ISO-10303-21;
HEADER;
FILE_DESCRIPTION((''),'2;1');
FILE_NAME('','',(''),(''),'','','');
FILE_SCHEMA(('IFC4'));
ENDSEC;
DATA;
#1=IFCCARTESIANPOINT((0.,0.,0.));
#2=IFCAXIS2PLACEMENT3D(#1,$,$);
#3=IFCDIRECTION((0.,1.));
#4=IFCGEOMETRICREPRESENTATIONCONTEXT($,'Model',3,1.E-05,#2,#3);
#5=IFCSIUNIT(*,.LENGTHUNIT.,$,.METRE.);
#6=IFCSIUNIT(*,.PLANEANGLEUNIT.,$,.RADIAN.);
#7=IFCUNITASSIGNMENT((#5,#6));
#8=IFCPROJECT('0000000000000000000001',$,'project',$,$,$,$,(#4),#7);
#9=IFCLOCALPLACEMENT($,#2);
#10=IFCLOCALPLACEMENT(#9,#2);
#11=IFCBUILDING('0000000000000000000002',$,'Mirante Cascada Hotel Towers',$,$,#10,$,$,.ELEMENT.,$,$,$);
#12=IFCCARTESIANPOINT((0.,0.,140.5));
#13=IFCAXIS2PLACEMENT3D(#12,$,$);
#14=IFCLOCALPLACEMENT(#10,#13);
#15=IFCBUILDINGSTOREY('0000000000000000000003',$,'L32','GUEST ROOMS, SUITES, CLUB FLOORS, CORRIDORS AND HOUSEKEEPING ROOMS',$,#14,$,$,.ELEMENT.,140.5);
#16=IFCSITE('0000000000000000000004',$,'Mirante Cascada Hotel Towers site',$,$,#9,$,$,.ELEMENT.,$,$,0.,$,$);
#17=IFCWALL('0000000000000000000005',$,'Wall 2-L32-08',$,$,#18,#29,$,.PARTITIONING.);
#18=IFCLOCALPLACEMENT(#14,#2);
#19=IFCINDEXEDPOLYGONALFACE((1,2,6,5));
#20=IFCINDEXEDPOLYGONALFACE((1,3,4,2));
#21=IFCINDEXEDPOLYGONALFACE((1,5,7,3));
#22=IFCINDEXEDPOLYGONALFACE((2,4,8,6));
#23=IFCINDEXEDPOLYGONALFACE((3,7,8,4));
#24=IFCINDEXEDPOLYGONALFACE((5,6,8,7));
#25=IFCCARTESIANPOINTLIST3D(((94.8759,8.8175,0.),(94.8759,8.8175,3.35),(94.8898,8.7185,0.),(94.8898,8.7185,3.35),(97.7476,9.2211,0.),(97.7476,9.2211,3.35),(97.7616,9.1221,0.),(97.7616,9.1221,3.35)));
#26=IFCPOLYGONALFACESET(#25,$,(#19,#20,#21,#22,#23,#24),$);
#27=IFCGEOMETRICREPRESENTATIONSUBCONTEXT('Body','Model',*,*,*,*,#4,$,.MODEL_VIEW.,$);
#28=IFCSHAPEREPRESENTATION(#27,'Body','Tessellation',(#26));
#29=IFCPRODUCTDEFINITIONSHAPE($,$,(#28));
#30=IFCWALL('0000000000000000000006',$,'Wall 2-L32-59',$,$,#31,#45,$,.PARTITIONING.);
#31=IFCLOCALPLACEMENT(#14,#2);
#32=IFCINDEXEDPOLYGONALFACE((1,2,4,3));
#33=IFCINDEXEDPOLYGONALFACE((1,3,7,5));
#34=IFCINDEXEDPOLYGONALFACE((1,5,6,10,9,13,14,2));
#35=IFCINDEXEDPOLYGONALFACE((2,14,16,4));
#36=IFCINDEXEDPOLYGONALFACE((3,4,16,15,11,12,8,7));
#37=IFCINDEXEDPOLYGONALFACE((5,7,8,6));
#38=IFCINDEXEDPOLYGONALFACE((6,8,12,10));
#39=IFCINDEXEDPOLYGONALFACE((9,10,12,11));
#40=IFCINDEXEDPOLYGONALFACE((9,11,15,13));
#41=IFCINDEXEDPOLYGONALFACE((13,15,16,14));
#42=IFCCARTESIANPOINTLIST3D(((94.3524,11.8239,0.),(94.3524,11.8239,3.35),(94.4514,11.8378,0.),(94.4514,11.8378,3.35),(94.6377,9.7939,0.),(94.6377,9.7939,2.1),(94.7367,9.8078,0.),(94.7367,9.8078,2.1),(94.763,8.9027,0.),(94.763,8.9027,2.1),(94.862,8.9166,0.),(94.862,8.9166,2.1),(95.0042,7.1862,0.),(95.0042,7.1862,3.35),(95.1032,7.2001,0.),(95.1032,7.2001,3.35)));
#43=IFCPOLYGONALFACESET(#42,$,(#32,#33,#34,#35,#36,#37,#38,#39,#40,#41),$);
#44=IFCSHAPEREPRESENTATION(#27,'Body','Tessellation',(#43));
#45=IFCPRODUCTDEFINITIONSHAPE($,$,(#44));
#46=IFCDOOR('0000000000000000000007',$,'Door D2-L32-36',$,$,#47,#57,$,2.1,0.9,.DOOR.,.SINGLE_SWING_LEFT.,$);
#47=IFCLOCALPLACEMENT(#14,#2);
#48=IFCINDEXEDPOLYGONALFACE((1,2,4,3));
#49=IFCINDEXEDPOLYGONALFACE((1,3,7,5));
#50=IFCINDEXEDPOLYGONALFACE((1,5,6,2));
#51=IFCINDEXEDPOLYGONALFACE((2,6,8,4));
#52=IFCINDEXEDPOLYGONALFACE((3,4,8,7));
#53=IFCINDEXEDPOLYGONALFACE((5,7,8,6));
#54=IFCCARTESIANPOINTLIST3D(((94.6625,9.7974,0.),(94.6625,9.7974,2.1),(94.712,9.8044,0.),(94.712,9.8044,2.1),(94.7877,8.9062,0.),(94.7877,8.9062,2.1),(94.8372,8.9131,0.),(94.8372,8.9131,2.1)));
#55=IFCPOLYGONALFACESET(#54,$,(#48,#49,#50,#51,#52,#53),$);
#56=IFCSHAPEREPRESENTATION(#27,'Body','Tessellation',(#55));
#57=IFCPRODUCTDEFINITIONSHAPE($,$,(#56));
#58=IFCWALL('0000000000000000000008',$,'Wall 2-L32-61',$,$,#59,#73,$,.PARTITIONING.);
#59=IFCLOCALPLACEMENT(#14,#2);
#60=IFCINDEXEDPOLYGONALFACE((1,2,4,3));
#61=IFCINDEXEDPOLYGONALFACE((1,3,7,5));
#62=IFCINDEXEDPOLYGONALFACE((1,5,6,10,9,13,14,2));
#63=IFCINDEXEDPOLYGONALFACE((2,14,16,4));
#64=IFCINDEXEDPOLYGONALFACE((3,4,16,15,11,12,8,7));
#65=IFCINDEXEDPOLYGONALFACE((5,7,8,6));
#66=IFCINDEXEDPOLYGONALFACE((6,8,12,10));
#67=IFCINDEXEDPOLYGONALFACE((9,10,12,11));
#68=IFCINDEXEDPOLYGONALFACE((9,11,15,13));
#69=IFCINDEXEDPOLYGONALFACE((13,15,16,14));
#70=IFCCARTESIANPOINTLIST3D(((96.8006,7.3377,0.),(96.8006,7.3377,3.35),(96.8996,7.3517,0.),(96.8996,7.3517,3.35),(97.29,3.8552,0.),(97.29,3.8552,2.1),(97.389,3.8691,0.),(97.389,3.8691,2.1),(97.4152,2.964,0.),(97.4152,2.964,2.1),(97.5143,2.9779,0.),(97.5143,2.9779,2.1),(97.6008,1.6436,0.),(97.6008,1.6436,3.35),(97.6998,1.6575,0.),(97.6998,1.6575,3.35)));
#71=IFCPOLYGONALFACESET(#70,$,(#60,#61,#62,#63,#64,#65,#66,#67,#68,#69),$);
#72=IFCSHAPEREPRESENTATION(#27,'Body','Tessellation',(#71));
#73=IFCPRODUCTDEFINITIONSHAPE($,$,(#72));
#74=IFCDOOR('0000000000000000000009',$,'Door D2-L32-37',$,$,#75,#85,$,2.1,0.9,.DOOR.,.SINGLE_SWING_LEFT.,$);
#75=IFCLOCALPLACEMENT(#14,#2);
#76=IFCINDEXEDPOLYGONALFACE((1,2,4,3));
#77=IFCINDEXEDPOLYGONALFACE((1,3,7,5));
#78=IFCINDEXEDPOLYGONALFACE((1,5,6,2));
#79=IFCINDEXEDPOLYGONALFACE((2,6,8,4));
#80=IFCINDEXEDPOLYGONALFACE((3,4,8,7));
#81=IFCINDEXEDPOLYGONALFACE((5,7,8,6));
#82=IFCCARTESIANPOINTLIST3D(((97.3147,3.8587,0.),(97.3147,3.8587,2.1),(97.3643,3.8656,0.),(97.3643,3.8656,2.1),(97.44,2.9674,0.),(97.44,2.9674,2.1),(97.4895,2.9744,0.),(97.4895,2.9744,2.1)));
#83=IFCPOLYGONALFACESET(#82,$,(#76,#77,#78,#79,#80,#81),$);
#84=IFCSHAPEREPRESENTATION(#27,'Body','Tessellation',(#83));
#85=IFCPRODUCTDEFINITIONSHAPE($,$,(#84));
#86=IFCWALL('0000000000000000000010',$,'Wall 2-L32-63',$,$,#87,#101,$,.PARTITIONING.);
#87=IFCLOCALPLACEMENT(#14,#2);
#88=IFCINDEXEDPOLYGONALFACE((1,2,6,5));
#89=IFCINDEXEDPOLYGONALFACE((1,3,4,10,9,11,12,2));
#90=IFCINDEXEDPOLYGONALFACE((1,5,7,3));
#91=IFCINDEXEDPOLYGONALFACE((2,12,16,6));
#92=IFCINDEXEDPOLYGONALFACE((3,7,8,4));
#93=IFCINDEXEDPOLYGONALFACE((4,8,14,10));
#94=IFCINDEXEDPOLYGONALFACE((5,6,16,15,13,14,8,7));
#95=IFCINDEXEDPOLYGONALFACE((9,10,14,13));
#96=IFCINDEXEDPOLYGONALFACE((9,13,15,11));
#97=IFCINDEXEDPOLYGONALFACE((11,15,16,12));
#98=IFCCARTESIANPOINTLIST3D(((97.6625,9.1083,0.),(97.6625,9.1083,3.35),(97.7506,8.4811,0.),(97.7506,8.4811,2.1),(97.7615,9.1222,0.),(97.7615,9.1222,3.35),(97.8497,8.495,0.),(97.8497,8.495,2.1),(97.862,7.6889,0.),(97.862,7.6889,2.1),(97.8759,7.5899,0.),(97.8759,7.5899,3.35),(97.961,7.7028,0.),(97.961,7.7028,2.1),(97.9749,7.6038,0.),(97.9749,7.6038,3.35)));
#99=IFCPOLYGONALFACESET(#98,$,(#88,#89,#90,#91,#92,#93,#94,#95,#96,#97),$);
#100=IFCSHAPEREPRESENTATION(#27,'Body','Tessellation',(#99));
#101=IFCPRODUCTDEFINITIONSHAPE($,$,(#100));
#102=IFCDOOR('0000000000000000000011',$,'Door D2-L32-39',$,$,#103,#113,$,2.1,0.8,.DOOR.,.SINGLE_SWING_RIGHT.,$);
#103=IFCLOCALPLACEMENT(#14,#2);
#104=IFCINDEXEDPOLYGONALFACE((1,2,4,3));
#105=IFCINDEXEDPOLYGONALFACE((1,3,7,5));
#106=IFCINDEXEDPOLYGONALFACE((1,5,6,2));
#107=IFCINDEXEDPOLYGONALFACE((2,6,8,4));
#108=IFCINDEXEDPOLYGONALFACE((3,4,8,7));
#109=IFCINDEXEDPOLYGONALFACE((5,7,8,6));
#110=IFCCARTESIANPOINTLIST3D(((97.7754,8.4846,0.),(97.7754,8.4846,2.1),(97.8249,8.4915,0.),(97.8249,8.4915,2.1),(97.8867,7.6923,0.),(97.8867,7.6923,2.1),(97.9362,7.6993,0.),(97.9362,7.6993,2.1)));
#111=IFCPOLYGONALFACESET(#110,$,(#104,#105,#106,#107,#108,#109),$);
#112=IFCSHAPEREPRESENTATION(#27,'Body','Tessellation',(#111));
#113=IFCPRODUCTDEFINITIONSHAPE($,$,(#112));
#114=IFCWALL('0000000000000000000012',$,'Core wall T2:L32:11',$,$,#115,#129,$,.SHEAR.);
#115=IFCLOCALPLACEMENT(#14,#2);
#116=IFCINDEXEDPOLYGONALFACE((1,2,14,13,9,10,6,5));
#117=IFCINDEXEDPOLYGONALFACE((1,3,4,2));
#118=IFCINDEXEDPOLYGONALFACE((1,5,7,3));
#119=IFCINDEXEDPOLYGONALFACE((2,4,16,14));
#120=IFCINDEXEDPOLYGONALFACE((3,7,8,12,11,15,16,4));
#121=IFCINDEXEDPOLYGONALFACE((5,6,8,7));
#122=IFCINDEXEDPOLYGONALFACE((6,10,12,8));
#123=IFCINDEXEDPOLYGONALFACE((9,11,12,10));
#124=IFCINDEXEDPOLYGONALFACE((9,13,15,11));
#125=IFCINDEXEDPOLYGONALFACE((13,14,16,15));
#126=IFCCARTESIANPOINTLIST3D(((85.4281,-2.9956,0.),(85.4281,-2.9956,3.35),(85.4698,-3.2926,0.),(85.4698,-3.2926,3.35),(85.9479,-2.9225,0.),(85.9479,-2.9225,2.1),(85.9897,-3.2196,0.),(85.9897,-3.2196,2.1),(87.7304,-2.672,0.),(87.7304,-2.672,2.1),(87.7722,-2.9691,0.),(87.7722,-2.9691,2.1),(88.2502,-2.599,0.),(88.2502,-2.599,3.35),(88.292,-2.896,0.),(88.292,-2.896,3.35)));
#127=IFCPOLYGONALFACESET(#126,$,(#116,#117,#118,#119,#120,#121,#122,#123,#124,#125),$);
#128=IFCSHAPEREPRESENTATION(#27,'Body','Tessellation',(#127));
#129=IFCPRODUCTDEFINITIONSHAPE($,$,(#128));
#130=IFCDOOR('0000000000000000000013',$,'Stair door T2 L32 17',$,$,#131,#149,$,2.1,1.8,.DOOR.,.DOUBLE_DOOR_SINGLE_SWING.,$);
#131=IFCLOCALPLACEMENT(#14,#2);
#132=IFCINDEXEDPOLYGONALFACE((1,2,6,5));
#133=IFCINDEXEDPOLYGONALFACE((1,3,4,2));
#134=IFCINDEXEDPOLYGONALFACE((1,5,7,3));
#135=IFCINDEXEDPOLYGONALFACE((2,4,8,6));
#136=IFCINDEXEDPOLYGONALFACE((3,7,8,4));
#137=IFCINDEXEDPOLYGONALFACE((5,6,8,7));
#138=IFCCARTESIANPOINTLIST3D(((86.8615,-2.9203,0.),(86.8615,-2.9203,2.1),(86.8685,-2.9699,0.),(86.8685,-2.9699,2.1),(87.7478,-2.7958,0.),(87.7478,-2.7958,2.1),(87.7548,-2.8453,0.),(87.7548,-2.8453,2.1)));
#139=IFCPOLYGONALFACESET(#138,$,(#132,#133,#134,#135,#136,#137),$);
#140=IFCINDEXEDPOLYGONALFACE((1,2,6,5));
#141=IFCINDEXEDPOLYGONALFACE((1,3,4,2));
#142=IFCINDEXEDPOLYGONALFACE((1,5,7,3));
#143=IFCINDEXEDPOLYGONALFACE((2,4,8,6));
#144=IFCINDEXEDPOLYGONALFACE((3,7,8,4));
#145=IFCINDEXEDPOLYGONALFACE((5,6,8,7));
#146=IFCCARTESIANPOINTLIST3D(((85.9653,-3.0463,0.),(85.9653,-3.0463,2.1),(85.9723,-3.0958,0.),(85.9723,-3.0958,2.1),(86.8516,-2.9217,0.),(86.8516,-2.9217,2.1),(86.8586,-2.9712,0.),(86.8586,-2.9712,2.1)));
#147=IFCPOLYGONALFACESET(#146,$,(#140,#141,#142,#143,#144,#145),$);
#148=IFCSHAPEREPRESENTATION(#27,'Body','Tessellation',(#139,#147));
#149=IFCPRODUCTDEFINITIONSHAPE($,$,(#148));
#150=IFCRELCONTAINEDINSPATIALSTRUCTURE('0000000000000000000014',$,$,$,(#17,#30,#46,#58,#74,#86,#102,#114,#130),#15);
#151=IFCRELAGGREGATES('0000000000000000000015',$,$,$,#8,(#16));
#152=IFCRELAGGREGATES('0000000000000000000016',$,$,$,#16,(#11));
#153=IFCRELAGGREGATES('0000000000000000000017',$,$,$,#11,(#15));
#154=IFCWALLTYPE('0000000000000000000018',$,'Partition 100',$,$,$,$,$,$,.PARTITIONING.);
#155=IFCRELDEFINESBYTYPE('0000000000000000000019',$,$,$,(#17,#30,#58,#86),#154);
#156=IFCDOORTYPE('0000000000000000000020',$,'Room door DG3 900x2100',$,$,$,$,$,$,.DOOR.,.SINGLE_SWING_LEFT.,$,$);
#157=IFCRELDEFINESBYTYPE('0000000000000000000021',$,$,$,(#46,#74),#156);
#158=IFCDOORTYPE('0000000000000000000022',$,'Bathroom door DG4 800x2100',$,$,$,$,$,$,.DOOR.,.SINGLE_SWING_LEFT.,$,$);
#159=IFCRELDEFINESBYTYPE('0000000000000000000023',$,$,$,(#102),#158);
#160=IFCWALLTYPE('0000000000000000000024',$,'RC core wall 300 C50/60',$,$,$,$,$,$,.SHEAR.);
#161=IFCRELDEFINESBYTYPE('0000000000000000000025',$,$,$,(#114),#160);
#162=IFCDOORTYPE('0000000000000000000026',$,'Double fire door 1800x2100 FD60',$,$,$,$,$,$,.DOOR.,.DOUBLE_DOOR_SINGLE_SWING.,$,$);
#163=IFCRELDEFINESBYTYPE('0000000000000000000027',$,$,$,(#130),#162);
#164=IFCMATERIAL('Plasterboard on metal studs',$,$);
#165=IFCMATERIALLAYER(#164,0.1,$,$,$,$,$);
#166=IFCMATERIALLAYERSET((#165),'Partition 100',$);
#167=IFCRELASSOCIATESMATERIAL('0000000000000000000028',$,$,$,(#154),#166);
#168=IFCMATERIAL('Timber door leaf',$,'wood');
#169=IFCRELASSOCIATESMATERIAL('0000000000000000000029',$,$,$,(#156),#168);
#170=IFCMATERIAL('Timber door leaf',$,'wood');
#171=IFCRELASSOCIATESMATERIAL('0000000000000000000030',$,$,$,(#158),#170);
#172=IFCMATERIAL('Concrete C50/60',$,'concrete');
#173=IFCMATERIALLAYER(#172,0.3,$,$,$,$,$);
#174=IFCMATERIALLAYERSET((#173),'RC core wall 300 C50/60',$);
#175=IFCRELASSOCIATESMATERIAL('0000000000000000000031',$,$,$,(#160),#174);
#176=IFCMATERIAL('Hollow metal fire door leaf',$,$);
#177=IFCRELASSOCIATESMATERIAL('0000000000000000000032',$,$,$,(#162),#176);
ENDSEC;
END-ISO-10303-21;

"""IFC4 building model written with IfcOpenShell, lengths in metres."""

from ifc_helpers import new_model, si_unit, direction, frame, frame_2d, origin, place, context, subcontext, project, spatial, rectangle, extrude, material, layer, layer_set, type_object, element, fill, save


model = new_model("IFC4")

# Units and contexts
model_context = context("Model", 3, precision=1e-05, world=origin(), true_north=direction((0.0, 1.0)))
body_context = subcontext(model_context, "Body", "Model", "MODEL_VIEW")
ifc_project = project(units=[si_unit("LENGTHUNIT", "METRE"), si_unit("PLANEANGLEUNIT", "RADIAN")], contexts=[model_context])

# Site, building, storey
site_placement = place(None, origin())
site = spatial("IfcSite", under=ifc_project, at=site_placement, Name="Mirante Cascada Hotel Towers site", CompositionType="ELEMENT", RefElevation=0.0)
building_placement = place(site_placement, origin())
building = spatial("IfcBuilding", under=site, at=building_placement, Name="Mirante Cascada Hotel Towers", CompositionType="ELEMENT")
storey_placement = place(building_placement, frame((0.0, 0.0, 140.5)))
storey = spatial("IfcBuildingStorey", under=building, at=storey_placement, Name="L32", Description="GUEST ROOMS, SUITES, CLUB FLOORS, CORRIDORS AND HOUSEKEEPING ROOMS", CompositionType="ELEMENT", Elevation=140.5)

# Wall
ifc_material_1 = material(Name="Plasterboard on metal studs")
ifc_layer_1 = layer(ifc_material_1, 0.1)
ifc_layer_set_1 = layer_set([ifc_layer_1], Name="Partition 100")
wall_type_1 = type_object("IfcWallType", Name="Partition 100", PredefinedType="PARTITIONING", material=ifc_layer_set_1)
wall_1_placement = place(storey_placement, frame((97.7546, 9.1716, 0.0), z_axis=(0.0, 0.0, 1.0), x_axis=(-0.990268, -0.139171, 0.0)))
element("IfcWall", 1, at=wall_1_placement, inside=storey, type_object=wall_type_1, Name="Wall 2-L32-08", PredefinedType="PARTITIONING", context=body_context, shape_type="SweptSolid", body=[
    extrude(rectangle(XDim=2.9, YDim=0.1, at=frame_2d((1.45, 0.0))), origin(), (0.0, 0.0, 1.0), 3.35),
])

# Walls, openings, doors
wall_2_placement = place(storey_placement, frame((95.0537, 7.1932, 0.0), z_axis=(0.0, 0.0, 1.0), x_axis=(-0.139176, 0.990268, 0.0)))
wall_2 = element("IfcWall", 2, at=wall_2_placement, inside=storey, type_object=wall_type_1, Name="Wall 2-L32-59", PredefinedType="PARTITIONING", context=body_context, shape_type="SweptSolid", body=[
    extrude(rectangle(XDim=4.6833, YDim=0.1, at=frame_2d((2.3416, 0.0))), origin(), (0.0, 0.0, 1.0), 3.35),
])
opening_1_placement = place(wall_2_placement, frame((1.7333, 0.0, 0.0)))
opening_1 = element("IfcOpeningElement", 3, at=opening_1_placement, cuts=wall_2, PredefinedType="OPENING", context=body_context, shape_type="SweptSolid", body=[
    extrude(rectangle(XDim=0.9, YDim=2.1, at=frame_2d((0.45, 1.05))), frame((0.0, 0.05, 0.0), z_axis=(0.0, -1.0, 0.0), x_axis=(1.0, 0.0, 0.0)), (0.0, 0.0, 1.0), 0.1),
])
ifc_material_2 = material(Name="Timber door leaf", Category="wood")
door_type_1 = type_object("IfcDoorType", Name="Room door DG3 900x2100", OperationType="SINGLE_SWING_LEFT", PredefinedType="DOOR", material=ifc_material_2)
door_1_placement = place(opening_1_placement, origin())
door_1 = element("IfcDoor", 4, at=door_1_placement, inside=storey, type_object=door_type_1, Name="Door D2-L32-36", OperationType="SINGLE_SWING_LEFT", OverallHeight=2.1, OverallWidth=0.9, PredefinedType="DOOR", context=body_context, shape_type="SweptSolid", body=[
    extrude(rectangle(XDim=0.9, YDim=2.1, at=frame_2d((0.45, 1.05))), frame((0.0, 0.025, 0.0), z_axis=(0.0, -1.0, 0.0), x_axis=(1.0, 0.0, 0.0)), (0.0, 0.0, 1.0), 0.05),
])
fill(opening_1, door_1)
wall_3_placement = place(storey_placement, frame((97.6503, 1.6506, 0.0), z_axis=(0.0, 0.0, 1.0), x_axis=(-0.139164, 0.990269, 0.0)))
wall_3 = element("IfcWall", 5, at=wall_3_placement, inside=storey, type_object=wall_type_1, Name="Wall 2-L32-61", PredefinedType="PARTITIONING", context=body_context, shape_type="SweptSolid", body=[
    extrude(rectangle(XDim=5.7501, YDim=0.1, at=frame_2d((2.875, 0.0))), origin(), (0.0, 0.0, 1.0), 3.35),
])
opening_2_placement = place(wall_3_placement, frame((1.3333, 0.0, 0.0)))
opening_2 = element("IfcOpeningElement", 6, at=opening_2_placement, cuts=wall_3, PredefinedType="OPENING", context=body_context, shape_type="SweptSolid", body=[
    extrude(rectangle(XDim=0.9, YDim=2.1, at=frame_2d((0.45, 1.05))), frame((0.0, 0.05, 0.0), z_axis=(0.0, -1.0, 0.0), x_axis=(1.0, 0.0, 0.0)), (0.0, 0.0, 1.0), 0.1),
])
door_2_placement = place(opening_2_placement, origin())
door_2 = element("IfcDoor", 7, at=door_2_placement, inside=storey, type_object=door_type_1, Name="Door D2-L32-37", OperationType="SINGLE_SWING_LEFT", OverallHeight=2.1, OverallWidth=0.9, PredefinedType="DOOR", context=body_context, shape_type="SweptSolid", body=[
    extrude(rectangle(XDim=0.9, YDim=2.1, at=frame_2d((0.45, 1.05))), frame((0.0, 0.025, 0.0), z_axis=(0.0, -1.0, 0.0), x_axis=(1.0, 0.0, 0.0)), (0.0, 0.0, 1.0), 0.05),
])
fill(opening_2, door_2)
wall_4_placement = place(storey_placement, frame((97.9254, 7.5968, 0.0), z_axis=(0.0, 0.0, 1.0), x_axis=(-0.139175, 0.990268, 0.0)))
wall_4 = element("IfcWall", 8, at=wall_4_placement, inside=storey, type_object=wall_type_1, Name="Wall 2-L32-63", PredefinedType="PARTITIONING", context=body_context, shape_type="SweptSolid", body=[
    extrude(rectangle(XDim=1.5333, YDim=0.1, at=frame_2d((0.7667, 0.0))), origin(), (0.0, 0.0, 1.0), 3.35),
])
opening_3_placement = place(wall_4_placement, frame((0.1, 0.0, 0.0)))
opening_3 = element("IfcOpeningElement", 9, at=opening_3_placement, cuts=wall_4, PredefinedType="OPENING", context=body_context, shape_type="SweptSolid", body=[
    extrude(rectangle(XDim=0.8, YDim=2.1, at=frame_2d((0.4, 1.05))), frame((0.0, 0.05, 0.0), z_axis=(0.0, -1.0, 0.0), x_axis=(1.0, 0.0, 0.0)), (0.0, 0.0, 1.0), 0.1),
])
ifc_material_3 = material(Name="Timber door leaf", Category="wood")
door_type_2 = type_object("IfcDoorType", Name="Bathroom door DG4 800x2100", OperationType="SINGLE_SWING_LEFT", PredefinedType="DOOR", material=ifc_material_3)
door_3_placement = place(opening_3_placement, frame((0.8, 0.0, 0.0), z_axis=(0.0, 0.0, 1.0), x_axis=(-1.0, 0.0, 0.0)))
door_3 = element("IfcDoor", 10, at=door_3_placement, inside=storey, type_object=door_type_2, Name="Door D2-L32-39", OperationType="SINGLE_SWING_RIGHT", OverallHeight=2.1, OverallWidth=0.8, PredefinedType="DOOR", context=body_context, shape_type="SweptSolid", body=[
    extrude(rectangle(XDim=0.8, YDim=2.1, at=frame_2d((0.4, 1.05))), frame((0.0, 0.025, 0.0), z_axis=(0.0, -1.0, 0.0), x_axis=(1.0, 0.0, 0.0)), (0.0, 0.0, 1.0), 0.05),
])
fill(opening_3, door_3)
ifc_material_4 = material(Name="Concrete C50/60", Category="concrete")
ifc_layer_2 = layer(ifc_material_4, 0.3)
ifc_layer_set_2 = layer_set([ifc_layer_2], Name="RC core wall 300 C50/60")
wall_type_2 = type_object("IfcWallType", Name="RC core wall 300 C50/60", PredefinedType="SHEAR", material=ifc_layer_set_2)
wall_5_placement = place(storey_placement, frame((85.4489, -3.1441, 0.0), z_axis=(0.0, 0.0, 1.0), x_axis=(0.99027, 0.139161, 0.0)))
wall_5 = element("IfcWall", 11, at=wall_5_placement, inside=storey, type_object=wall_type_2, Name="Core wall T2:L32:11", PredefinedType="SHEAR", context=body_context, shape_type="SweptSolid", body=[
    extrude(rectangle(XDim=2.8499, YDim=0.3, at=frame_2d((1.425, 0.0))), origin(), (0.0, 0.0, 1.0), 3.35),
])
opening_4_placement = place(wall_5_placement, frame((0.525, 0.0, 0.0)))
opening_4 = element("IfcOpeningElement", 12, at=opening_4_placement, cuts=wall_5, PredefinedType="OPENING", context=body_context, shape_type="SweptSolid", body=[
    extrude(rectangle(XDim=1.8, YDim=2.1, at=frame_2d((0.9, 1.05))), frame((0.0, 0.15, 0.0), z_axis=(0.0, -1.0, 0.0), x_axis=(1.0, 0.0, 0.0)), (0.0, 0.0, 1.0), 0.3),
])
ifc_material_5 = material(Name="Hollow metal fire door leaf")
door_type_3 = type_object("IfcDoorType", Name="Double fire door 1800x2100 FD60", OperationType="DOUBLE_DOOR_SINGLE_SWING", PredefinedType="DOOR", material=ifc_material_5)
door_4_placement = place(opening_4_placement, frame((1.8, 0.0, 0.0), z_axis=(0.0, 0.0, 1.0), x_axis=(-1.0, 0.0, 0.0)))
door_4 = element("IfcDoor", 13, at=door_4_placement, inside=storey, type_object=door_type_3, Name="Stair door T2 L32 17", OperationType="DOUBLE_DOOR_SINGLE_SWING", OverallHeight=2.1, OverallWidth=1.8, PredefinedType="DOOR", context=body_context, shape_type="SweptSolid", body=[
    extrude(rectangle(XDim=0.895, YDim=2.1, at=frame_2d((0.4475, 1.05))), frame((0.0, 0.025, 0.0), z_axis=(0.0, -1.0, 0.0), x_axis=(1.0, 0.0, 0.0)), (0.0, 0.0, 1.0), 0.05),
    extrude(rectangle(XDim=0.895, YDim=2.1, at=frame_2d((1.3525, 1.05))), frame((0.0, 0.025, 0.0), z_axis=(0.0, -1.0, 0.0), x_axis=(1.0, 0.0, 0.0)), (0.0, 0.0, 1.0), 0.05),
])
fill(opening_4, door_4)

save(model, "model.ifc")
